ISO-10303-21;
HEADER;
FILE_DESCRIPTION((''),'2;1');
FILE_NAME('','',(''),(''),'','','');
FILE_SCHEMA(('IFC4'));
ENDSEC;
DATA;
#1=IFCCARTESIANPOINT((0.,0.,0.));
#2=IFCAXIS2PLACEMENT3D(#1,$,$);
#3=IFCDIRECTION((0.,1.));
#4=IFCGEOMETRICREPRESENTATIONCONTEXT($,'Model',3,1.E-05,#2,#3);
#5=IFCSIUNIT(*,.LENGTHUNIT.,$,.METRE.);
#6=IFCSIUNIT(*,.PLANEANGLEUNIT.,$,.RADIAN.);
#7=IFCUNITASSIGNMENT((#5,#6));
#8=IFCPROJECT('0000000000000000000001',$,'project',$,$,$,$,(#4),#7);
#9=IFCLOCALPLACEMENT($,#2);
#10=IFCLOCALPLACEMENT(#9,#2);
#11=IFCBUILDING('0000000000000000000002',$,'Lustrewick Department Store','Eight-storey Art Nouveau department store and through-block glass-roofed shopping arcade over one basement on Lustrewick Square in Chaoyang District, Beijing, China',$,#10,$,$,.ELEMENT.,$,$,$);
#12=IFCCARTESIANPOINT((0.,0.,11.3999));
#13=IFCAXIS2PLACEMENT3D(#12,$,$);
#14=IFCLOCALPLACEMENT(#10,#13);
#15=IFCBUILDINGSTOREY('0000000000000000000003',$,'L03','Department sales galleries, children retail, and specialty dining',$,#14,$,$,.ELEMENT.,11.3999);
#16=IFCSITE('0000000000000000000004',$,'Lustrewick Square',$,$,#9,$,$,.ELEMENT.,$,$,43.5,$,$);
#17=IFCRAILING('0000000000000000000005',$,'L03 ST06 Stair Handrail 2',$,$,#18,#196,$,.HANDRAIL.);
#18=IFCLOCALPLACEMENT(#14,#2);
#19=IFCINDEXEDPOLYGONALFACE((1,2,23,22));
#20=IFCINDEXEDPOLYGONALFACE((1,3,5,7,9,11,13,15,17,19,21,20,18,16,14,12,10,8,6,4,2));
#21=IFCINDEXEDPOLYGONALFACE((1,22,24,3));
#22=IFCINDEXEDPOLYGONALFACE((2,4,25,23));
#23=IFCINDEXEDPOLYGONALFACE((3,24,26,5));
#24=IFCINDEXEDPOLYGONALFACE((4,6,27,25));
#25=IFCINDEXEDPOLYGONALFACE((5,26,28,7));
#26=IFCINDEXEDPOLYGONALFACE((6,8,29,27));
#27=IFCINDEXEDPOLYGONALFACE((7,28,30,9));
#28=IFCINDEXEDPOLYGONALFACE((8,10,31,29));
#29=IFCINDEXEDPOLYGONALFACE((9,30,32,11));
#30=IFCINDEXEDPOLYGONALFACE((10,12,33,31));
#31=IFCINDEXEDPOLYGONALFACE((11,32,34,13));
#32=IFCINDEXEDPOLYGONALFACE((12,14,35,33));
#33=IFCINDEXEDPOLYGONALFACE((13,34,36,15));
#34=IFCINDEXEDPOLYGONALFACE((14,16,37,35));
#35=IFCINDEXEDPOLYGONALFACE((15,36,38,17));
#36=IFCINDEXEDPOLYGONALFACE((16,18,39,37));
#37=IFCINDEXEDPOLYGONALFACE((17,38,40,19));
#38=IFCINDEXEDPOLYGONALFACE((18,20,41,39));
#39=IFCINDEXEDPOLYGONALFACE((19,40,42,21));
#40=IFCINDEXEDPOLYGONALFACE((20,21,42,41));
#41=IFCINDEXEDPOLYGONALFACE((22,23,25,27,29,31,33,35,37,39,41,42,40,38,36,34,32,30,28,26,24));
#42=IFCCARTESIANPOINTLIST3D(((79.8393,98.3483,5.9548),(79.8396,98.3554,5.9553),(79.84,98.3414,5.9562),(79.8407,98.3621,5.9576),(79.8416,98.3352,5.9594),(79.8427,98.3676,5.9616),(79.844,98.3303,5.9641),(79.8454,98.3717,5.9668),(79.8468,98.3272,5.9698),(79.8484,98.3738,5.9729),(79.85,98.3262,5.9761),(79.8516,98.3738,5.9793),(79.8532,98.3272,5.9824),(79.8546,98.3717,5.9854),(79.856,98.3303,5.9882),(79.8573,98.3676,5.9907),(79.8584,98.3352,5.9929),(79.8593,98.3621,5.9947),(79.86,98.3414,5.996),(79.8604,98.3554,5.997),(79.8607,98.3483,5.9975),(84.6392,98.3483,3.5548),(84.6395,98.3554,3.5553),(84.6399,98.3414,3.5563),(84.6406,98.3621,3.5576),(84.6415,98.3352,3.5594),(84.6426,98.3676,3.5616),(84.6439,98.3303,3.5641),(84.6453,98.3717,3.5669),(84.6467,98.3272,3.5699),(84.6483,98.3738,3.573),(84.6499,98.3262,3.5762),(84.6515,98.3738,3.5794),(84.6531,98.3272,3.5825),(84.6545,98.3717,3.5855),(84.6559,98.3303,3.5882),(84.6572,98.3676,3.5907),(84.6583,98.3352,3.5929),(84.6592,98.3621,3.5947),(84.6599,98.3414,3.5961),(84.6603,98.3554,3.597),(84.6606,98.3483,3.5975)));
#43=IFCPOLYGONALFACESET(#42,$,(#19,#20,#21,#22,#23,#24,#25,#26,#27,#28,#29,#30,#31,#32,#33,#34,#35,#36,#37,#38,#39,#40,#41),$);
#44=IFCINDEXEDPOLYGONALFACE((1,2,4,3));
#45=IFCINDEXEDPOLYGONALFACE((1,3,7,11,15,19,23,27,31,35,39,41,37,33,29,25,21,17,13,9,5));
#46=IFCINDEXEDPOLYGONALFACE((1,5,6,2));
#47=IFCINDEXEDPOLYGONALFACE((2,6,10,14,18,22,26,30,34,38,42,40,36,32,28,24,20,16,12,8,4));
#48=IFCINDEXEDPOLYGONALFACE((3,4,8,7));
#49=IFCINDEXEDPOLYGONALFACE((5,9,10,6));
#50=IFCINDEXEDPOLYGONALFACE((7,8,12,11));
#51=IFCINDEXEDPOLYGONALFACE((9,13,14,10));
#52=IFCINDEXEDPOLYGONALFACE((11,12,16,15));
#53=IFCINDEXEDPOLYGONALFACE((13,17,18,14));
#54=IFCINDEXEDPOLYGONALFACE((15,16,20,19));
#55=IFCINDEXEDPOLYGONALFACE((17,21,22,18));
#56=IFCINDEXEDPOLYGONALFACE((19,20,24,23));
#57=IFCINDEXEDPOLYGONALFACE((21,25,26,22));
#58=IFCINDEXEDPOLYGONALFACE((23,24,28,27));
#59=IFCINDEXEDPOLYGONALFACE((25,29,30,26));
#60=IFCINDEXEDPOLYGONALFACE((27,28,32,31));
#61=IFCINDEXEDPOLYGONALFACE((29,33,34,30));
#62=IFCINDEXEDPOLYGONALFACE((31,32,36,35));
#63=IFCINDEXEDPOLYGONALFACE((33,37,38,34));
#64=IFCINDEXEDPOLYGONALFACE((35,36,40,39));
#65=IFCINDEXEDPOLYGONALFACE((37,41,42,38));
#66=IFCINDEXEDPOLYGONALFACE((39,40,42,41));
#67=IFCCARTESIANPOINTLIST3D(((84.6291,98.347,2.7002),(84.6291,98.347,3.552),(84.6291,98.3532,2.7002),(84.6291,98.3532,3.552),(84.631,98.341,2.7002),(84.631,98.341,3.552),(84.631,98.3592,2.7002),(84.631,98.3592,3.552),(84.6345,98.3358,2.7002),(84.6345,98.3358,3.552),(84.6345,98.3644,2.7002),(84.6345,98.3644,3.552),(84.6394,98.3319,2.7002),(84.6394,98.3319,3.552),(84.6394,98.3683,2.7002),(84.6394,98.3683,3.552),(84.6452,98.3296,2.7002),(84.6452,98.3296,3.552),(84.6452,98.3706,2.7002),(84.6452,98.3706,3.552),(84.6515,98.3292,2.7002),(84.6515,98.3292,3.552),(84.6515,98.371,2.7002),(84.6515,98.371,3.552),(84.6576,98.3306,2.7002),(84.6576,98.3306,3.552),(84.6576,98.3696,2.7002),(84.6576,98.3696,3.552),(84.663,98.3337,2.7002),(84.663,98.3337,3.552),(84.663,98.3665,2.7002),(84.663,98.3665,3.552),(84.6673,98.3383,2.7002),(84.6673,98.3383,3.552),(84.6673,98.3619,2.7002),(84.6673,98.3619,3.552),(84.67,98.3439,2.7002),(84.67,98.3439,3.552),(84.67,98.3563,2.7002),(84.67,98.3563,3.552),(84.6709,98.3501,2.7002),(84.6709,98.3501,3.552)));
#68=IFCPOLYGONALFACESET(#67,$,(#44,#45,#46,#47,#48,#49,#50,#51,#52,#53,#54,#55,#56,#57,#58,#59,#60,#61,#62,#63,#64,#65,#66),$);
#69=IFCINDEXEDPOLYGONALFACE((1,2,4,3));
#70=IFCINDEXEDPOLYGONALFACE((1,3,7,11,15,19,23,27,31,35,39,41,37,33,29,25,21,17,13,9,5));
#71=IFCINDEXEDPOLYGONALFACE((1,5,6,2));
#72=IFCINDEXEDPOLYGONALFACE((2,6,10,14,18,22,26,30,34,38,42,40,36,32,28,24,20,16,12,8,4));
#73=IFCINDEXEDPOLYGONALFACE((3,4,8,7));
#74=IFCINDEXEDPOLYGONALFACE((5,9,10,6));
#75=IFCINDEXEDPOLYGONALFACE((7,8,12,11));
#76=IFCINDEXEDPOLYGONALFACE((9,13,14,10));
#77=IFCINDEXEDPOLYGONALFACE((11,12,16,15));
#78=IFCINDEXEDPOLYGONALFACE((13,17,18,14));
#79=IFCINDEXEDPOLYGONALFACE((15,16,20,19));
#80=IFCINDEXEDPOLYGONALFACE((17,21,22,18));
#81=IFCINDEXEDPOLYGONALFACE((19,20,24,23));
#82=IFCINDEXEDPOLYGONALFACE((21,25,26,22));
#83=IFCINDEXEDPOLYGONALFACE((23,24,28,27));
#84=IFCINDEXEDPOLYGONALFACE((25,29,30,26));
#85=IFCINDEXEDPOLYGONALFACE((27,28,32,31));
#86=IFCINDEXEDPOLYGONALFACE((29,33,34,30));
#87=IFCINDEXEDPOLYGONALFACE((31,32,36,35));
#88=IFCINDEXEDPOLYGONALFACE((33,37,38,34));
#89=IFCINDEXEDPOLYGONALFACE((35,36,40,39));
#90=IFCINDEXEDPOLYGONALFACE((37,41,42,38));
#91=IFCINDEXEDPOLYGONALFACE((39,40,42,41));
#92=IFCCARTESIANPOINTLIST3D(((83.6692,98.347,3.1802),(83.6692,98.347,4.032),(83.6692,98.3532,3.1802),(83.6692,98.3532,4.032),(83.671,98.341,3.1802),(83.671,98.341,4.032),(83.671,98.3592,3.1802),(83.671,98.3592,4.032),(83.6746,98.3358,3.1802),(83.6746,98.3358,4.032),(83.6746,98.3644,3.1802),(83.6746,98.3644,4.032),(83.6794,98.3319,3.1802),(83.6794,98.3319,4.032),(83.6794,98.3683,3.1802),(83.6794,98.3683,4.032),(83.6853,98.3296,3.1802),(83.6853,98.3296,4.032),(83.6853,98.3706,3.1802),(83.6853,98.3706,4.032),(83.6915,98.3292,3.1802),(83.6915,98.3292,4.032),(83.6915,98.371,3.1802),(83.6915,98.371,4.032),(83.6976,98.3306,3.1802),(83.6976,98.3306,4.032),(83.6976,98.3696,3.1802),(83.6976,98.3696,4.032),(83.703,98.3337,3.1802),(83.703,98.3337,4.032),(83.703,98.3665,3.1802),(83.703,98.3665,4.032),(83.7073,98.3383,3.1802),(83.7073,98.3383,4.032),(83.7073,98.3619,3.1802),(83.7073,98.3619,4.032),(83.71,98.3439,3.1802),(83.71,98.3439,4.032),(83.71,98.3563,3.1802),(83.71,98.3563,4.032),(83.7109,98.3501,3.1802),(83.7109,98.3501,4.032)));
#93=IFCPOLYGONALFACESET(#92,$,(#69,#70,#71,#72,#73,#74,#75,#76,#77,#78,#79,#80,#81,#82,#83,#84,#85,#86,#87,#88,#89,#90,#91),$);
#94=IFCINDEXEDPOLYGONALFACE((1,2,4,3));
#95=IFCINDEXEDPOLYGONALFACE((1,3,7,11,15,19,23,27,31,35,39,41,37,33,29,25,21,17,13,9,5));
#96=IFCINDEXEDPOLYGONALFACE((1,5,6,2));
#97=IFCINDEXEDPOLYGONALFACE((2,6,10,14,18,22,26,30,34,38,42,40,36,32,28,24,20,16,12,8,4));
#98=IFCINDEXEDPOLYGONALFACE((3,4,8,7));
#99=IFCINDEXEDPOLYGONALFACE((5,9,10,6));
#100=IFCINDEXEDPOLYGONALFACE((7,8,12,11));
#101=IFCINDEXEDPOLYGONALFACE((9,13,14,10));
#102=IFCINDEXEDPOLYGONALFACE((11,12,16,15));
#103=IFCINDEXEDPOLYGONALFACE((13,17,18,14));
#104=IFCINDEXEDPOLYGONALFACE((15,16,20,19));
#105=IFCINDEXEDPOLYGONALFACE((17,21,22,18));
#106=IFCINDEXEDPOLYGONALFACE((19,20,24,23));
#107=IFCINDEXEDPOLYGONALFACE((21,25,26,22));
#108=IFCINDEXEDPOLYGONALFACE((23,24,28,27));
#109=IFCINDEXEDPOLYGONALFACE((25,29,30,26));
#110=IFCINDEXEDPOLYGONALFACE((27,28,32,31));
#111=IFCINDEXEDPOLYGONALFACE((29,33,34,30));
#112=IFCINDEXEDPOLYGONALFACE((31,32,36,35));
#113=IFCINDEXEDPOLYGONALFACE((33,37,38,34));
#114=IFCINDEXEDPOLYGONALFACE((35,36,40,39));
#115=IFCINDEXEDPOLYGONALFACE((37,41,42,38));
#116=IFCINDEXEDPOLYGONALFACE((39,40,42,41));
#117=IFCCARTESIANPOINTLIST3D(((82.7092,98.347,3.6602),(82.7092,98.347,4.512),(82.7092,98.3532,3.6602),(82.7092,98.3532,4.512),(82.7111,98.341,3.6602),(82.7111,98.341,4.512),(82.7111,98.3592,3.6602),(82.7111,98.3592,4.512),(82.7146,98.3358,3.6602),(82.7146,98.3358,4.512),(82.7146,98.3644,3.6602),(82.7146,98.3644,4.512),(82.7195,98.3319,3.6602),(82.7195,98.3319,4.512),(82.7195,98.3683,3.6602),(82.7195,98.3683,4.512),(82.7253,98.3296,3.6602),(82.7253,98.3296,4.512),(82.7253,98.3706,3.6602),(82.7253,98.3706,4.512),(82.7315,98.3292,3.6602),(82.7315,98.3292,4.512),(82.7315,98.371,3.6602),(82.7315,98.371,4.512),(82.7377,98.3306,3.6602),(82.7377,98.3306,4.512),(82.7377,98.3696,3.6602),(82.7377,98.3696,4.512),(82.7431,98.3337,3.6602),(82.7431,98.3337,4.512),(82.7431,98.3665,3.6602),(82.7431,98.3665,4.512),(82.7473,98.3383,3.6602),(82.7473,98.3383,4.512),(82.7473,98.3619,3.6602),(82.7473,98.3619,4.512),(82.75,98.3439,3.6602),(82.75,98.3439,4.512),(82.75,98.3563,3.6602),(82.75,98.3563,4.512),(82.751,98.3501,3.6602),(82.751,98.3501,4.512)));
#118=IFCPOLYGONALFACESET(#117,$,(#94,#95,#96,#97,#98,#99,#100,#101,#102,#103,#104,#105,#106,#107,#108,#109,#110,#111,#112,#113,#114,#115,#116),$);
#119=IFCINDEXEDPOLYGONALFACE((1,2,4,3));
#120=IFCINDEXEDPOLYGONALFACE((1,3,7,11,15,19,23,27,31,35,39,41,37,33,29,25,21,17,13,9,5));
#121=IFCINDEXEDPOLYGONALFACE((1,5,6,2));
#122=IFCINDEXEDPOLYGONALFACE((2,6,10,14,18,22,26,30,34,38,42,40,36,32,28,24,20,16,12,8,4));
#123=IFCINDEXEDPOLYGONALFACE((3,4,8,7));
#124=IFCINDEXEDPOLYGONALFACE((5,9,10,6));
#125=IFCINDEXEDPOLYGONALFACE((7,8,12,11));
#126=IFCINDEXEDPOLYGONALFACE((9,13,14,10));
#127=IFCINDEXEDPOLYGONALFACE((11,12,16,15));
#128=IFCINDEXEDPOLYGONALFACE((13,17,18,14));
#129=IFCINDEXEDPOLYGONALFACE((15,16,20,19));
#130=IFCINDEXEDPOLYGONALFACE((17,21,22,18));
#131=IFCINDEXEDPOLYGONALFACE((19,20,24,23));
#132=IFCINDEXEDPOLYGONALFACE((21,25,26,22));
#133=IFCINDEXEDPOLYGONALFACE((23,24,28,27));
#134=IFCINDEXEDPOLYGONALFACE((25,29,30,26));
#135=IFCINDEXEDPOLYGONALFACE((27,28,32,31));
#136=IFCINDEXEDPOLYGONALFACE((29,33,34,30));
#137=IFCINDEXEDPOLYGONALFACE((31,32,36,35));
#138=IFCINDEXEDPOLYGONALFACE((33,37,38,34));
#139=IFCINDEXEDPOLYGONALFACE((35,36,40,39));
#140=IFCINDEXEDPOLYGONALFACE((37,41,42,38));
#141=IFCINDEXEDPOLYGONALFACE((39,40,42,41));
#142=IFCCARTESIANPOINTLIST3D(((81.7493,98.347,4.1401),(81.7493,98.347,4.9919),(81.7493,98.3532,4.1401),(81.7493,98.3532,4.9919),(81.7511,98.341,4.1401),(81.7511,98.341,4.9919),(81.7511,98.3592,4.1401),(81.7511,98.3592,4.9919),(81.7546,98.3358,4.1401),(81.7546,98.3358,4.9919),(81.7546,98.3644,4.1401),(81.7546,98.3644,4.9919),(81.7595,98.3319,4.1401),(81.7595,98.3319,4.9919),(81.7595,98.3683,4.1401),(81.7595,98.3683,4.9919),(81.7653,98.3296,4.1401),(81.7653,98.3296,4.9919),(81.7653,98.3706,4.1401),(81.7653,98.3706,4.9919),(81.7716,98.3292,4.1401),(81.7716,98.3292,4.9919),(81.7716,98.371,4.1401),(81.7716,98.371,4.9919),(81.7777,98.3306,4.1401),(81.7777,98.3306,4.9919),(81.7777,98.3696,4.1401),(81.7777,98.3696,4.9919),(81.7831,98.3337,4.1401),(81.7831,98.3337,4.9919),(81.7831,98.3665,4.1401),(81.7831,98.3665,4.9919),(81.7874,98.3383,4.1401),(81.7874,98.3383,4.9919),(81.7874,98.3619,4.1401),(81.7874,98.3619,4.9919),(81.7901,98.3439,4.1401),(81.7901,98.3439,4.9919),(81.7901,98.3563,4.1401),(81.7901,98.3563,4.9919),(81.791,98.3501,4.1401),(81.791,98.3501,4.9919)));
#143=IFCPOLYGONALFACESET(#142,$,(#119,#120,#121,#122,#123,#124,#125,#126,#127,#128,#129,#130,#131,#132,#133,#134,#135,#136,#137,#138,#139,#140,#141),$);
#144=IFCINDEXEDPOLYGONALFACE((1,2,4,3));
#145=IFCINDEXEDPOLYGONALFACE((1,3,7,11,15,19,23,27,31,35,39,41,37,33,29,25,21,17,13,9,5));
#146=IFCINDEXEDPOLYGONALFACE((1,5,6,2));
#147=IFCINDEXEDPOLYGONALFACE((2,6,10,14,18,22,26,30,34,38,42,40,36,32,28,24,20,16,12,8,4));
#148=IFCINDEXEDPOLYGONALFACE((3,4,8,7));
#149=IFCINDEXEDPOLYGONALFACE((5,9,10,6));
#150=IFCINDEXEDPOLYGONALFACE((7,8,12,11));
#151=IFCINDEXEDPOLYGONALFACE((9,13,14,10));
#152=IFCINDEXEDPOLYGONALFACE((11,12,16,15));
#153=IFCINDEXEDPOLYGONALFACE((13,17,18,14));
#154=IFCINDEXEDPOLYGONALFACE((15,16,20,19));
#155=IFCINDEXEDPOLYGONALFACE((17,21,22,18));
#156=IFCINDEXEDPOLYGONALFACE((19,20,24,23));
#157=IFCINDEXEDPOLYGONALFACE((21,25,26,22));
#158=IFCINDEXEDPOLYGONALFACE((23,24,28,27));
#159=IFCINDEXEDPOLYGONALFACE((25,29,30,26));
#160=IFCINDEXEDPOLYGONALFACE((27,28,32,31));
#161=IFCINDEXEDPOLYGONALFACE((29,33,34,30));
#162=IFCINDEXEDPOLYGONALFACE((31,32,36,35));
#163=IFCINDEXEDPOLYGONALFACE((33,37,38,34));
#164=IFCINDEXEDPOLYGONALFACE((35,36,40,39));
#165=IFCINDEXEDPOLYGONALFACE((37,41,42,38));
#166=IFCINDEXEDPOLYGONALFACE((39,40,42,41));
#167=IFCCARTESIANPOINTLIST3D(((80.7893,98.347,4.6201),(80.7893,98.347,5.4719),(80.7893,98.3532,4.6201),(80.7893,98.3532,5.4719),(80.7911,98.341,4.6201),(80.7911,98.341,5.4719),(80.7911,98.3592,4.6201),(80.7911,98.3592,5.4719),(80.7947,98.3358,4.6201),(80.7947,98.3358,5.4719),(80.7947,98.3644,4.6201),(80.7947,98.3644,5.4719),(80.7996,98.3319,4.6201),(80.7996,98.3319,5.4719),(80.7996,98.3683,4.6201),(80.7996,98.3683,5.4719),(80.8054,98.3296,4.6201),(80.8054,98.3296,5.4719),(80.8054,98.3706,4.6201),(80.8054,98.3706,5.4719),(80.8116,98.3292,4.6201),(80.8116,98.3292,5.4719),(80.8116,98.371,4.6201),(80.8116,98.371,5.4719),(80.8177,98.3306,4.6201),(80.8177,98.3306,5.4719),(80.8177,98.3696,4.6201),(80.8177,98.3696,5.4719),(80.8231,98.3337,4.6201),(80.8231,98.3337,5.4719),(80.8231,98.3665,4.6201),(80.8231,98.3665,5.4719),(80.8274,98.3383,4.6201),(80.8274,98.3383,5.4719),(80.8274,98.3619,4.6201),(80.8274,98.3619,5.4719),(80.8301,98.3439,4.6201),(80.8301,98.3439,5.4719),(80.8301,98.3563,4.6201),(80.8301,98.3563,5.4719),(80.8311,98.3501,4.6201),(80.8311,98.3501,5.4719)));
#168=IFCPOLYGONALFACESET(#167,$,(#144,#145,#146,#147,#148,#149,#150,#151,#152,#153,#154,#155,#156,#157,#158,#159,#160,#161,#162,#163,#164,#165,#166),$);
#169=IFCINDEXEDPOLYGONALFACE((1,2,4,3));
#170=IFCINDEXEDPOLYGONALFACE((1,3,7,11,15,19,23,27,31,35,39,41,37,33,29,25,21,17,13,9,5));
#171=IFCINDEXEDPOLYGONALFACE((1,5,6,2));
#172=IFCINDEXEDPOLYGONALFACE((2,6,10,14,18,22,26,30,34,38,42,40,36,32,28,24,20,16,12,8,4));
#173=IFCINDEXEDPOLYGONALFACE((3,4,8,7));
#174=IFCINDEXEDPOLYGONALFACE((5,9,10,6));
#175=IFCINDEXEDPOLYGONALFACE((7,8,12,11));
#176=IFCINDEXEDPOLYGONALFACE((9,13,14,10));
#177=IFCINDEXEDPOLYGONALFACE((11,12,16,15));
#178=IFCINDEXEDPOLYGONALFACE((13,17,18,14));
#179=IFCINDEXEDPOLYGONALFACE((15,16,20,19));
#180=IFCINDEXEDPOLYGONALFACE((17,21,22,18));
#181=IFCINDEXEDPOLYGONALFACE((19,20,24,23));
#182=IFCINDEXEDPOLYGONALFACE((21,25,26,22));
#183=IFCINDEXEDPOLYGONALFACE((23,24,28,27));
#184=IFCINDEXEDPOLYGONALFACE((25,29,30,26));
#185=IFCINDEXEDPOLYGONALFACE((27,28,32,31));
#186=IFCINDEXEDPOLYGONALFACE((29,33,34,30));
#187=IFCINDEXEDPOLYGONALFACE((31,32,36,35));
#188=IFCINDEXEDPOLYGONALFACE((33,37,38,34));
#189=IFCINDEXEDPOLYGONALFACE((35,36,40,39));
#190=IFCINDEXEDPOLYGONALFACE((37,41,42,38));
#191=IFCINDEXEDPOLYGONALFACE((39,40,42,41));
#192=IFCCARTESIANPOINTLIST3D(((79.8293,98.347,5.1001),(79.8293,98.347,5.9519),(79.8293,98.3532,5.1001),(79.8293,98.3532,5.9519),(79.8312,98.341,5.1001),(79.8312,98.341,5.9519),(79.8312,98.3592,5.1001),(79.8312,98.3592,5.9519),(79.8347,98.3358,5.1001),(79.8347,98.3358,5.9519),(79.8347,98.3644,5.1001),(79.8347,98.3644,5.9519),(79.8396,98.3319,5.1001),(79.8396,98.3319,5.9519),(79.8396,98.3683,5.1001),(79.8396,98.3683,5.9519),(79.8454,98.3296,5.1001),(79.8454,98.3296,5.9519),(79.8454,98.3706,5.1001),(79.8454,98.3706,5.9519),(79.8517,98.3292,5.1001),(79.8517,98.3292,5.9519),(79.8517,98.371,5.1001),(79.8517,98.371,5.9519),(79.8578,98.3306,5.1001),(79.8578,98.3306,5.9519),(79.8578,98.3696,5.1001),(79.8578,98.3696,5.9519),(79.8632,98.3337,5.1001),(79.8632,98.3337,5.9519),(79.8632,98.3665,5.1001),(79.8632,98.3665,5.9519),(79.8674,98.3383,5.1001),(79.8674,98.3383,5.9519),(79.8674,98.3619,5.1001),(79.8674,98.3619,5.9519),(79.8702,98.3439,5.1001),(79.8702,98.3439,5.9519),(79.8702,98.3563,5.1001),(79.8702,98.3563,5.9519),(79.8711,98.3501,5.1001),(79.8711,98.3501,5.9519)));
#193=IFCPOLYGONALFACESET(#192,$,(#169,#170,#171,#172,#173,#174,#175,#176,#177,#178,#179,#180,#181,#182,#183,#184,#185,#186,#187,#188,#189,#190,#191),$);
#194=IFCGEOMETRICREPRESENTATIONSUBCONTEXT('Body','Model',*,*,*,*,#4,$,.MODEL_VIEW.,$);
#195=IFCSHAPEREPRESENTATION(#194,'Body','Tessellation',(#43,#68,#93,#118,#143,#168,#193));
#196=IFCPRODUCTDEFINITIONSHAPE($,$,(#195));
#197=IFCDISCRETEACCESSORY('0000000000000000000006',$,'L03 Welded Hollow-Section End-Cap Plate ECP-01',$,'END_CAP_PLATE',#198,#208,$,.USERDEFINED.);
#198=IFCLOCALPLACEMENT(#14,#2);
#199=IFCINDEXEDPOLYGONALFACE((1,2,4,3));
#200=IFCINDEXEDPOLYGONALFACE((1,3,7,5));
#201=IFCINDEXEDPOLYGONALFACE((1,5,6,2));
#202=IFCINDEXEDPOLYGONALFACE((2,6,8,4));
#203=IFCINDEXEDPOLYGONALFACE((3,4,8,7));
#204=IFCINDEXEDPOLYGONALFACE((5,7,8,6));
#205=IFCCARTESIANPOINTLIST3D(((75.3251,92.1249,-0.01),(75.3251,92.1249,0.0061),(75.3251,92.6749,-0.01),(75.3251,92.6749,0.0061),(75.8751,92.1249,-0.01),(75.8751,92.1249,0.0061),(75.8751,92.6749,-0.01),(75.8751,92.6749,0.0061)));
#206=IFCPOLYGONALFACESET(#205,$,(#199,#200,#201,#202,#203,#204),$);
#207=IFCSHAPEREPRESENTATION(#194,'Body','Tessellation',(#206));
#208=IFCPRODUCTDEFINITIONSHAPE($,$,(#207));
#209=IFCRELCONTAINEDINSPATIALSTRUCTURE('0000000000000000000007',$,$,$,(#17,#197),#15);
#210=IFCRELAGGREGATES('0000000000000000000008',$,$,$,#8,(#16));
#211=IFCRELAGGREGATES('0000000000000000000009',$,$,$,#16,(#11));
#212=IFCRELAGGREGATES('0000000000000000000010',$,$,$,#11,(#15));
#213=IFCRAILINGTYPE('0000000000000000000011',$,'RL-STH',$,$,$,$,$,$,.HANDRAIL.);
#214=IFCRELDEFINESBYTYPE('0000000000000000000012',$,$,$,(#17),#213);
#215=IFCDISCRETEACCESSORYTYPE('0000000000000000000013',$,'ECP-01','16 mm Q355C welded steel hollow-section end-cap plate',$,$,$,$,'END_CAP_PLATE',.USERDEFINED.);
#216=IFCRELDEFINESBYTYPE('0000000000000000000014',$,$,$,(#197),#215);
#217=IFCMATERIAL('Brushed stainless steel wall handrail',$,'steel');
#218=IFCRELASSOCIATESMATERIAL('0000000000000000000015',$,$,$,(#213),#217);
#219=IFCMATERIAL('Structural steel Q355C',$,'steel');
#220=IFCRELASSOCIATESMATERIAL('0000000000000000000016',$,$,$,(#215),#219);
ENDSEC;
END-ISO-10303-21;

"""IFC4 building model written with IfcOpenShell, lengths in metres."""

from ifc_helpers import new_model, si_unit, direction, frame, origin, origin_2d, place, context, subcontext, project, spatial, rectangle, circle, extrude, material, type_object, element, save


model = new_model("IFC4")

# Units and contexts
model_context = context("Model", 3, precision=1e-05, world=origin(), true_north=direction((0.0, 1.0)))
body_context = subcontext(model_context, "Body", "Model", "MODEL_VIEW")
ifc_project = project(units=[si_unit("LENGTHUNIT", "METRE"), si_unit("PLANEANGLEUNIT", "RADIAN")], contexts=[model_context])

# Site, building, storey
site_placement = place(None, origin())
site = spatial("IfcSite", under=ifc_project, at=site_placement, Name="Lustrewick Square", CompositionType="ELEMENT", RefElevation=43.5)
building_placement = place(site_placement, origin())
building = spatial("IfcBuilding", under=site, at=building_placement, Name="Lustrewick Department Store", Description="Eight-storey Art Nouveau department store and through-block glass-roofed shopping arcade over one basement on Lustrewick Square in Chaoyang District, Beijing, China", CompositionType="ELEMENT")
storey_placement = place(building_placement, frame((0.0, 0.0, 11.3999)))
storey = spatial("IfcBuildingStorey", under=building, at=storey_placement, Name="L03", Description="Department sales galleries, children retail, and specialty dining", CompositionType="ELEMENT", Elevation=11.3999)

# Shared definitions
ifc_material_1 = material(Name="Structural steel Q355C", Category="steel")

# Railing
ifc_material_2 = material(Name="Brushed stainless steel wall handrail", Category="steel")
railing_type_1 = type_object("IfcRailingType", Name="RL-STH", PredefinedType="HANDRAIL", material=ifc_material_2)
railing_1_placement = place(storey_placement, frame((84.6499, 98.3501, 2.7002)))
element("IfcRailing", 1, at=railing_1_placement, inside=storey, type_object=railing_type_1, Name="L03 ST06 Stair Handrail 2", PredefinedType="HANDRAIL", context=body_context, shape_type="SweptSolid", body=[
    extrude(circle(Radius=0.0239, at=origin_2d()), frame((0.0, 0.0, 0.876), z_axis=(-0.894427, 0.0, 0.447214), x_axis=(0.0, -1.0, 0.0)), (0.0, 0.0, 1.0), 5.3665),
    extrude(circle(Radius=0.021, at=origin_2d()), origin(), (0.0, 0.0, 1.0), 0.8518),
    extrude(circle(Radius=0.021, at=origin_2d()), frame((-0.96, 0.0, 0.48)), (0.0, 0.0, 1.0), 0.8518),
    extrude(circle(Radius=0.021, at=origin_2d()), frame((-1.9199, 0.0, 0.96)), (0.0, 0.0, 1.0), 0.8518),
    extrude(circle(Radius=0.021, at=origin_2d()), frame((-2.8799, 0.0, 1.4399)), (0.0, 0.0, 1.0), 0.8518),
    extrude(circle(Radius=0.021, at=origin_2d()), frame((-3.8398, 0.0, 1.9199)), (0.0, 0.0, 1.0), 0.8518),
    extrude(circle(Radius=0.021, at=origin_2d()), frame((-4.7998, 0.0, 2.3999)), (0.0, 0.0, 1.0), 0.8518),
])

# Discrete accessory
discrete_accessory_type = type_object("IfcDiscreteAccessoryType", Name="ECP-01", Description="16 mm Q355C welded steel hollow-section end-cap plate", ElementType="END_CAP_PLATE", PredefinedType="USERDEFINED", material=ifc_material_1)
discrete_accessory_1_placement = place(storey_placement, frame((75.6001, 92.3999, 0.0061), z_axis=(0.0, 0.0, -1.0), x_axis=(1.0, 0.0, 0.0)))
element("IfcDiscreteAccessory", 2, at=discrete_accessory_1_placement, inside=storey, type_object=discrete_accessory_type, Name="L03 Welded Hollow-Section End-Cap Plate ECP-01", ObjectType="END_CAP_PLATE", PredefinedType="USERDEFINED", context=body_context, shape_type="SweptSolid", body=[
    extrude(rectangle(XDim=0.55, YDim=0.55, at=origin_2d()), origin(), (0.0, 0.0, 1.0), 0.0161),
])

save(model, "model.ifc")
